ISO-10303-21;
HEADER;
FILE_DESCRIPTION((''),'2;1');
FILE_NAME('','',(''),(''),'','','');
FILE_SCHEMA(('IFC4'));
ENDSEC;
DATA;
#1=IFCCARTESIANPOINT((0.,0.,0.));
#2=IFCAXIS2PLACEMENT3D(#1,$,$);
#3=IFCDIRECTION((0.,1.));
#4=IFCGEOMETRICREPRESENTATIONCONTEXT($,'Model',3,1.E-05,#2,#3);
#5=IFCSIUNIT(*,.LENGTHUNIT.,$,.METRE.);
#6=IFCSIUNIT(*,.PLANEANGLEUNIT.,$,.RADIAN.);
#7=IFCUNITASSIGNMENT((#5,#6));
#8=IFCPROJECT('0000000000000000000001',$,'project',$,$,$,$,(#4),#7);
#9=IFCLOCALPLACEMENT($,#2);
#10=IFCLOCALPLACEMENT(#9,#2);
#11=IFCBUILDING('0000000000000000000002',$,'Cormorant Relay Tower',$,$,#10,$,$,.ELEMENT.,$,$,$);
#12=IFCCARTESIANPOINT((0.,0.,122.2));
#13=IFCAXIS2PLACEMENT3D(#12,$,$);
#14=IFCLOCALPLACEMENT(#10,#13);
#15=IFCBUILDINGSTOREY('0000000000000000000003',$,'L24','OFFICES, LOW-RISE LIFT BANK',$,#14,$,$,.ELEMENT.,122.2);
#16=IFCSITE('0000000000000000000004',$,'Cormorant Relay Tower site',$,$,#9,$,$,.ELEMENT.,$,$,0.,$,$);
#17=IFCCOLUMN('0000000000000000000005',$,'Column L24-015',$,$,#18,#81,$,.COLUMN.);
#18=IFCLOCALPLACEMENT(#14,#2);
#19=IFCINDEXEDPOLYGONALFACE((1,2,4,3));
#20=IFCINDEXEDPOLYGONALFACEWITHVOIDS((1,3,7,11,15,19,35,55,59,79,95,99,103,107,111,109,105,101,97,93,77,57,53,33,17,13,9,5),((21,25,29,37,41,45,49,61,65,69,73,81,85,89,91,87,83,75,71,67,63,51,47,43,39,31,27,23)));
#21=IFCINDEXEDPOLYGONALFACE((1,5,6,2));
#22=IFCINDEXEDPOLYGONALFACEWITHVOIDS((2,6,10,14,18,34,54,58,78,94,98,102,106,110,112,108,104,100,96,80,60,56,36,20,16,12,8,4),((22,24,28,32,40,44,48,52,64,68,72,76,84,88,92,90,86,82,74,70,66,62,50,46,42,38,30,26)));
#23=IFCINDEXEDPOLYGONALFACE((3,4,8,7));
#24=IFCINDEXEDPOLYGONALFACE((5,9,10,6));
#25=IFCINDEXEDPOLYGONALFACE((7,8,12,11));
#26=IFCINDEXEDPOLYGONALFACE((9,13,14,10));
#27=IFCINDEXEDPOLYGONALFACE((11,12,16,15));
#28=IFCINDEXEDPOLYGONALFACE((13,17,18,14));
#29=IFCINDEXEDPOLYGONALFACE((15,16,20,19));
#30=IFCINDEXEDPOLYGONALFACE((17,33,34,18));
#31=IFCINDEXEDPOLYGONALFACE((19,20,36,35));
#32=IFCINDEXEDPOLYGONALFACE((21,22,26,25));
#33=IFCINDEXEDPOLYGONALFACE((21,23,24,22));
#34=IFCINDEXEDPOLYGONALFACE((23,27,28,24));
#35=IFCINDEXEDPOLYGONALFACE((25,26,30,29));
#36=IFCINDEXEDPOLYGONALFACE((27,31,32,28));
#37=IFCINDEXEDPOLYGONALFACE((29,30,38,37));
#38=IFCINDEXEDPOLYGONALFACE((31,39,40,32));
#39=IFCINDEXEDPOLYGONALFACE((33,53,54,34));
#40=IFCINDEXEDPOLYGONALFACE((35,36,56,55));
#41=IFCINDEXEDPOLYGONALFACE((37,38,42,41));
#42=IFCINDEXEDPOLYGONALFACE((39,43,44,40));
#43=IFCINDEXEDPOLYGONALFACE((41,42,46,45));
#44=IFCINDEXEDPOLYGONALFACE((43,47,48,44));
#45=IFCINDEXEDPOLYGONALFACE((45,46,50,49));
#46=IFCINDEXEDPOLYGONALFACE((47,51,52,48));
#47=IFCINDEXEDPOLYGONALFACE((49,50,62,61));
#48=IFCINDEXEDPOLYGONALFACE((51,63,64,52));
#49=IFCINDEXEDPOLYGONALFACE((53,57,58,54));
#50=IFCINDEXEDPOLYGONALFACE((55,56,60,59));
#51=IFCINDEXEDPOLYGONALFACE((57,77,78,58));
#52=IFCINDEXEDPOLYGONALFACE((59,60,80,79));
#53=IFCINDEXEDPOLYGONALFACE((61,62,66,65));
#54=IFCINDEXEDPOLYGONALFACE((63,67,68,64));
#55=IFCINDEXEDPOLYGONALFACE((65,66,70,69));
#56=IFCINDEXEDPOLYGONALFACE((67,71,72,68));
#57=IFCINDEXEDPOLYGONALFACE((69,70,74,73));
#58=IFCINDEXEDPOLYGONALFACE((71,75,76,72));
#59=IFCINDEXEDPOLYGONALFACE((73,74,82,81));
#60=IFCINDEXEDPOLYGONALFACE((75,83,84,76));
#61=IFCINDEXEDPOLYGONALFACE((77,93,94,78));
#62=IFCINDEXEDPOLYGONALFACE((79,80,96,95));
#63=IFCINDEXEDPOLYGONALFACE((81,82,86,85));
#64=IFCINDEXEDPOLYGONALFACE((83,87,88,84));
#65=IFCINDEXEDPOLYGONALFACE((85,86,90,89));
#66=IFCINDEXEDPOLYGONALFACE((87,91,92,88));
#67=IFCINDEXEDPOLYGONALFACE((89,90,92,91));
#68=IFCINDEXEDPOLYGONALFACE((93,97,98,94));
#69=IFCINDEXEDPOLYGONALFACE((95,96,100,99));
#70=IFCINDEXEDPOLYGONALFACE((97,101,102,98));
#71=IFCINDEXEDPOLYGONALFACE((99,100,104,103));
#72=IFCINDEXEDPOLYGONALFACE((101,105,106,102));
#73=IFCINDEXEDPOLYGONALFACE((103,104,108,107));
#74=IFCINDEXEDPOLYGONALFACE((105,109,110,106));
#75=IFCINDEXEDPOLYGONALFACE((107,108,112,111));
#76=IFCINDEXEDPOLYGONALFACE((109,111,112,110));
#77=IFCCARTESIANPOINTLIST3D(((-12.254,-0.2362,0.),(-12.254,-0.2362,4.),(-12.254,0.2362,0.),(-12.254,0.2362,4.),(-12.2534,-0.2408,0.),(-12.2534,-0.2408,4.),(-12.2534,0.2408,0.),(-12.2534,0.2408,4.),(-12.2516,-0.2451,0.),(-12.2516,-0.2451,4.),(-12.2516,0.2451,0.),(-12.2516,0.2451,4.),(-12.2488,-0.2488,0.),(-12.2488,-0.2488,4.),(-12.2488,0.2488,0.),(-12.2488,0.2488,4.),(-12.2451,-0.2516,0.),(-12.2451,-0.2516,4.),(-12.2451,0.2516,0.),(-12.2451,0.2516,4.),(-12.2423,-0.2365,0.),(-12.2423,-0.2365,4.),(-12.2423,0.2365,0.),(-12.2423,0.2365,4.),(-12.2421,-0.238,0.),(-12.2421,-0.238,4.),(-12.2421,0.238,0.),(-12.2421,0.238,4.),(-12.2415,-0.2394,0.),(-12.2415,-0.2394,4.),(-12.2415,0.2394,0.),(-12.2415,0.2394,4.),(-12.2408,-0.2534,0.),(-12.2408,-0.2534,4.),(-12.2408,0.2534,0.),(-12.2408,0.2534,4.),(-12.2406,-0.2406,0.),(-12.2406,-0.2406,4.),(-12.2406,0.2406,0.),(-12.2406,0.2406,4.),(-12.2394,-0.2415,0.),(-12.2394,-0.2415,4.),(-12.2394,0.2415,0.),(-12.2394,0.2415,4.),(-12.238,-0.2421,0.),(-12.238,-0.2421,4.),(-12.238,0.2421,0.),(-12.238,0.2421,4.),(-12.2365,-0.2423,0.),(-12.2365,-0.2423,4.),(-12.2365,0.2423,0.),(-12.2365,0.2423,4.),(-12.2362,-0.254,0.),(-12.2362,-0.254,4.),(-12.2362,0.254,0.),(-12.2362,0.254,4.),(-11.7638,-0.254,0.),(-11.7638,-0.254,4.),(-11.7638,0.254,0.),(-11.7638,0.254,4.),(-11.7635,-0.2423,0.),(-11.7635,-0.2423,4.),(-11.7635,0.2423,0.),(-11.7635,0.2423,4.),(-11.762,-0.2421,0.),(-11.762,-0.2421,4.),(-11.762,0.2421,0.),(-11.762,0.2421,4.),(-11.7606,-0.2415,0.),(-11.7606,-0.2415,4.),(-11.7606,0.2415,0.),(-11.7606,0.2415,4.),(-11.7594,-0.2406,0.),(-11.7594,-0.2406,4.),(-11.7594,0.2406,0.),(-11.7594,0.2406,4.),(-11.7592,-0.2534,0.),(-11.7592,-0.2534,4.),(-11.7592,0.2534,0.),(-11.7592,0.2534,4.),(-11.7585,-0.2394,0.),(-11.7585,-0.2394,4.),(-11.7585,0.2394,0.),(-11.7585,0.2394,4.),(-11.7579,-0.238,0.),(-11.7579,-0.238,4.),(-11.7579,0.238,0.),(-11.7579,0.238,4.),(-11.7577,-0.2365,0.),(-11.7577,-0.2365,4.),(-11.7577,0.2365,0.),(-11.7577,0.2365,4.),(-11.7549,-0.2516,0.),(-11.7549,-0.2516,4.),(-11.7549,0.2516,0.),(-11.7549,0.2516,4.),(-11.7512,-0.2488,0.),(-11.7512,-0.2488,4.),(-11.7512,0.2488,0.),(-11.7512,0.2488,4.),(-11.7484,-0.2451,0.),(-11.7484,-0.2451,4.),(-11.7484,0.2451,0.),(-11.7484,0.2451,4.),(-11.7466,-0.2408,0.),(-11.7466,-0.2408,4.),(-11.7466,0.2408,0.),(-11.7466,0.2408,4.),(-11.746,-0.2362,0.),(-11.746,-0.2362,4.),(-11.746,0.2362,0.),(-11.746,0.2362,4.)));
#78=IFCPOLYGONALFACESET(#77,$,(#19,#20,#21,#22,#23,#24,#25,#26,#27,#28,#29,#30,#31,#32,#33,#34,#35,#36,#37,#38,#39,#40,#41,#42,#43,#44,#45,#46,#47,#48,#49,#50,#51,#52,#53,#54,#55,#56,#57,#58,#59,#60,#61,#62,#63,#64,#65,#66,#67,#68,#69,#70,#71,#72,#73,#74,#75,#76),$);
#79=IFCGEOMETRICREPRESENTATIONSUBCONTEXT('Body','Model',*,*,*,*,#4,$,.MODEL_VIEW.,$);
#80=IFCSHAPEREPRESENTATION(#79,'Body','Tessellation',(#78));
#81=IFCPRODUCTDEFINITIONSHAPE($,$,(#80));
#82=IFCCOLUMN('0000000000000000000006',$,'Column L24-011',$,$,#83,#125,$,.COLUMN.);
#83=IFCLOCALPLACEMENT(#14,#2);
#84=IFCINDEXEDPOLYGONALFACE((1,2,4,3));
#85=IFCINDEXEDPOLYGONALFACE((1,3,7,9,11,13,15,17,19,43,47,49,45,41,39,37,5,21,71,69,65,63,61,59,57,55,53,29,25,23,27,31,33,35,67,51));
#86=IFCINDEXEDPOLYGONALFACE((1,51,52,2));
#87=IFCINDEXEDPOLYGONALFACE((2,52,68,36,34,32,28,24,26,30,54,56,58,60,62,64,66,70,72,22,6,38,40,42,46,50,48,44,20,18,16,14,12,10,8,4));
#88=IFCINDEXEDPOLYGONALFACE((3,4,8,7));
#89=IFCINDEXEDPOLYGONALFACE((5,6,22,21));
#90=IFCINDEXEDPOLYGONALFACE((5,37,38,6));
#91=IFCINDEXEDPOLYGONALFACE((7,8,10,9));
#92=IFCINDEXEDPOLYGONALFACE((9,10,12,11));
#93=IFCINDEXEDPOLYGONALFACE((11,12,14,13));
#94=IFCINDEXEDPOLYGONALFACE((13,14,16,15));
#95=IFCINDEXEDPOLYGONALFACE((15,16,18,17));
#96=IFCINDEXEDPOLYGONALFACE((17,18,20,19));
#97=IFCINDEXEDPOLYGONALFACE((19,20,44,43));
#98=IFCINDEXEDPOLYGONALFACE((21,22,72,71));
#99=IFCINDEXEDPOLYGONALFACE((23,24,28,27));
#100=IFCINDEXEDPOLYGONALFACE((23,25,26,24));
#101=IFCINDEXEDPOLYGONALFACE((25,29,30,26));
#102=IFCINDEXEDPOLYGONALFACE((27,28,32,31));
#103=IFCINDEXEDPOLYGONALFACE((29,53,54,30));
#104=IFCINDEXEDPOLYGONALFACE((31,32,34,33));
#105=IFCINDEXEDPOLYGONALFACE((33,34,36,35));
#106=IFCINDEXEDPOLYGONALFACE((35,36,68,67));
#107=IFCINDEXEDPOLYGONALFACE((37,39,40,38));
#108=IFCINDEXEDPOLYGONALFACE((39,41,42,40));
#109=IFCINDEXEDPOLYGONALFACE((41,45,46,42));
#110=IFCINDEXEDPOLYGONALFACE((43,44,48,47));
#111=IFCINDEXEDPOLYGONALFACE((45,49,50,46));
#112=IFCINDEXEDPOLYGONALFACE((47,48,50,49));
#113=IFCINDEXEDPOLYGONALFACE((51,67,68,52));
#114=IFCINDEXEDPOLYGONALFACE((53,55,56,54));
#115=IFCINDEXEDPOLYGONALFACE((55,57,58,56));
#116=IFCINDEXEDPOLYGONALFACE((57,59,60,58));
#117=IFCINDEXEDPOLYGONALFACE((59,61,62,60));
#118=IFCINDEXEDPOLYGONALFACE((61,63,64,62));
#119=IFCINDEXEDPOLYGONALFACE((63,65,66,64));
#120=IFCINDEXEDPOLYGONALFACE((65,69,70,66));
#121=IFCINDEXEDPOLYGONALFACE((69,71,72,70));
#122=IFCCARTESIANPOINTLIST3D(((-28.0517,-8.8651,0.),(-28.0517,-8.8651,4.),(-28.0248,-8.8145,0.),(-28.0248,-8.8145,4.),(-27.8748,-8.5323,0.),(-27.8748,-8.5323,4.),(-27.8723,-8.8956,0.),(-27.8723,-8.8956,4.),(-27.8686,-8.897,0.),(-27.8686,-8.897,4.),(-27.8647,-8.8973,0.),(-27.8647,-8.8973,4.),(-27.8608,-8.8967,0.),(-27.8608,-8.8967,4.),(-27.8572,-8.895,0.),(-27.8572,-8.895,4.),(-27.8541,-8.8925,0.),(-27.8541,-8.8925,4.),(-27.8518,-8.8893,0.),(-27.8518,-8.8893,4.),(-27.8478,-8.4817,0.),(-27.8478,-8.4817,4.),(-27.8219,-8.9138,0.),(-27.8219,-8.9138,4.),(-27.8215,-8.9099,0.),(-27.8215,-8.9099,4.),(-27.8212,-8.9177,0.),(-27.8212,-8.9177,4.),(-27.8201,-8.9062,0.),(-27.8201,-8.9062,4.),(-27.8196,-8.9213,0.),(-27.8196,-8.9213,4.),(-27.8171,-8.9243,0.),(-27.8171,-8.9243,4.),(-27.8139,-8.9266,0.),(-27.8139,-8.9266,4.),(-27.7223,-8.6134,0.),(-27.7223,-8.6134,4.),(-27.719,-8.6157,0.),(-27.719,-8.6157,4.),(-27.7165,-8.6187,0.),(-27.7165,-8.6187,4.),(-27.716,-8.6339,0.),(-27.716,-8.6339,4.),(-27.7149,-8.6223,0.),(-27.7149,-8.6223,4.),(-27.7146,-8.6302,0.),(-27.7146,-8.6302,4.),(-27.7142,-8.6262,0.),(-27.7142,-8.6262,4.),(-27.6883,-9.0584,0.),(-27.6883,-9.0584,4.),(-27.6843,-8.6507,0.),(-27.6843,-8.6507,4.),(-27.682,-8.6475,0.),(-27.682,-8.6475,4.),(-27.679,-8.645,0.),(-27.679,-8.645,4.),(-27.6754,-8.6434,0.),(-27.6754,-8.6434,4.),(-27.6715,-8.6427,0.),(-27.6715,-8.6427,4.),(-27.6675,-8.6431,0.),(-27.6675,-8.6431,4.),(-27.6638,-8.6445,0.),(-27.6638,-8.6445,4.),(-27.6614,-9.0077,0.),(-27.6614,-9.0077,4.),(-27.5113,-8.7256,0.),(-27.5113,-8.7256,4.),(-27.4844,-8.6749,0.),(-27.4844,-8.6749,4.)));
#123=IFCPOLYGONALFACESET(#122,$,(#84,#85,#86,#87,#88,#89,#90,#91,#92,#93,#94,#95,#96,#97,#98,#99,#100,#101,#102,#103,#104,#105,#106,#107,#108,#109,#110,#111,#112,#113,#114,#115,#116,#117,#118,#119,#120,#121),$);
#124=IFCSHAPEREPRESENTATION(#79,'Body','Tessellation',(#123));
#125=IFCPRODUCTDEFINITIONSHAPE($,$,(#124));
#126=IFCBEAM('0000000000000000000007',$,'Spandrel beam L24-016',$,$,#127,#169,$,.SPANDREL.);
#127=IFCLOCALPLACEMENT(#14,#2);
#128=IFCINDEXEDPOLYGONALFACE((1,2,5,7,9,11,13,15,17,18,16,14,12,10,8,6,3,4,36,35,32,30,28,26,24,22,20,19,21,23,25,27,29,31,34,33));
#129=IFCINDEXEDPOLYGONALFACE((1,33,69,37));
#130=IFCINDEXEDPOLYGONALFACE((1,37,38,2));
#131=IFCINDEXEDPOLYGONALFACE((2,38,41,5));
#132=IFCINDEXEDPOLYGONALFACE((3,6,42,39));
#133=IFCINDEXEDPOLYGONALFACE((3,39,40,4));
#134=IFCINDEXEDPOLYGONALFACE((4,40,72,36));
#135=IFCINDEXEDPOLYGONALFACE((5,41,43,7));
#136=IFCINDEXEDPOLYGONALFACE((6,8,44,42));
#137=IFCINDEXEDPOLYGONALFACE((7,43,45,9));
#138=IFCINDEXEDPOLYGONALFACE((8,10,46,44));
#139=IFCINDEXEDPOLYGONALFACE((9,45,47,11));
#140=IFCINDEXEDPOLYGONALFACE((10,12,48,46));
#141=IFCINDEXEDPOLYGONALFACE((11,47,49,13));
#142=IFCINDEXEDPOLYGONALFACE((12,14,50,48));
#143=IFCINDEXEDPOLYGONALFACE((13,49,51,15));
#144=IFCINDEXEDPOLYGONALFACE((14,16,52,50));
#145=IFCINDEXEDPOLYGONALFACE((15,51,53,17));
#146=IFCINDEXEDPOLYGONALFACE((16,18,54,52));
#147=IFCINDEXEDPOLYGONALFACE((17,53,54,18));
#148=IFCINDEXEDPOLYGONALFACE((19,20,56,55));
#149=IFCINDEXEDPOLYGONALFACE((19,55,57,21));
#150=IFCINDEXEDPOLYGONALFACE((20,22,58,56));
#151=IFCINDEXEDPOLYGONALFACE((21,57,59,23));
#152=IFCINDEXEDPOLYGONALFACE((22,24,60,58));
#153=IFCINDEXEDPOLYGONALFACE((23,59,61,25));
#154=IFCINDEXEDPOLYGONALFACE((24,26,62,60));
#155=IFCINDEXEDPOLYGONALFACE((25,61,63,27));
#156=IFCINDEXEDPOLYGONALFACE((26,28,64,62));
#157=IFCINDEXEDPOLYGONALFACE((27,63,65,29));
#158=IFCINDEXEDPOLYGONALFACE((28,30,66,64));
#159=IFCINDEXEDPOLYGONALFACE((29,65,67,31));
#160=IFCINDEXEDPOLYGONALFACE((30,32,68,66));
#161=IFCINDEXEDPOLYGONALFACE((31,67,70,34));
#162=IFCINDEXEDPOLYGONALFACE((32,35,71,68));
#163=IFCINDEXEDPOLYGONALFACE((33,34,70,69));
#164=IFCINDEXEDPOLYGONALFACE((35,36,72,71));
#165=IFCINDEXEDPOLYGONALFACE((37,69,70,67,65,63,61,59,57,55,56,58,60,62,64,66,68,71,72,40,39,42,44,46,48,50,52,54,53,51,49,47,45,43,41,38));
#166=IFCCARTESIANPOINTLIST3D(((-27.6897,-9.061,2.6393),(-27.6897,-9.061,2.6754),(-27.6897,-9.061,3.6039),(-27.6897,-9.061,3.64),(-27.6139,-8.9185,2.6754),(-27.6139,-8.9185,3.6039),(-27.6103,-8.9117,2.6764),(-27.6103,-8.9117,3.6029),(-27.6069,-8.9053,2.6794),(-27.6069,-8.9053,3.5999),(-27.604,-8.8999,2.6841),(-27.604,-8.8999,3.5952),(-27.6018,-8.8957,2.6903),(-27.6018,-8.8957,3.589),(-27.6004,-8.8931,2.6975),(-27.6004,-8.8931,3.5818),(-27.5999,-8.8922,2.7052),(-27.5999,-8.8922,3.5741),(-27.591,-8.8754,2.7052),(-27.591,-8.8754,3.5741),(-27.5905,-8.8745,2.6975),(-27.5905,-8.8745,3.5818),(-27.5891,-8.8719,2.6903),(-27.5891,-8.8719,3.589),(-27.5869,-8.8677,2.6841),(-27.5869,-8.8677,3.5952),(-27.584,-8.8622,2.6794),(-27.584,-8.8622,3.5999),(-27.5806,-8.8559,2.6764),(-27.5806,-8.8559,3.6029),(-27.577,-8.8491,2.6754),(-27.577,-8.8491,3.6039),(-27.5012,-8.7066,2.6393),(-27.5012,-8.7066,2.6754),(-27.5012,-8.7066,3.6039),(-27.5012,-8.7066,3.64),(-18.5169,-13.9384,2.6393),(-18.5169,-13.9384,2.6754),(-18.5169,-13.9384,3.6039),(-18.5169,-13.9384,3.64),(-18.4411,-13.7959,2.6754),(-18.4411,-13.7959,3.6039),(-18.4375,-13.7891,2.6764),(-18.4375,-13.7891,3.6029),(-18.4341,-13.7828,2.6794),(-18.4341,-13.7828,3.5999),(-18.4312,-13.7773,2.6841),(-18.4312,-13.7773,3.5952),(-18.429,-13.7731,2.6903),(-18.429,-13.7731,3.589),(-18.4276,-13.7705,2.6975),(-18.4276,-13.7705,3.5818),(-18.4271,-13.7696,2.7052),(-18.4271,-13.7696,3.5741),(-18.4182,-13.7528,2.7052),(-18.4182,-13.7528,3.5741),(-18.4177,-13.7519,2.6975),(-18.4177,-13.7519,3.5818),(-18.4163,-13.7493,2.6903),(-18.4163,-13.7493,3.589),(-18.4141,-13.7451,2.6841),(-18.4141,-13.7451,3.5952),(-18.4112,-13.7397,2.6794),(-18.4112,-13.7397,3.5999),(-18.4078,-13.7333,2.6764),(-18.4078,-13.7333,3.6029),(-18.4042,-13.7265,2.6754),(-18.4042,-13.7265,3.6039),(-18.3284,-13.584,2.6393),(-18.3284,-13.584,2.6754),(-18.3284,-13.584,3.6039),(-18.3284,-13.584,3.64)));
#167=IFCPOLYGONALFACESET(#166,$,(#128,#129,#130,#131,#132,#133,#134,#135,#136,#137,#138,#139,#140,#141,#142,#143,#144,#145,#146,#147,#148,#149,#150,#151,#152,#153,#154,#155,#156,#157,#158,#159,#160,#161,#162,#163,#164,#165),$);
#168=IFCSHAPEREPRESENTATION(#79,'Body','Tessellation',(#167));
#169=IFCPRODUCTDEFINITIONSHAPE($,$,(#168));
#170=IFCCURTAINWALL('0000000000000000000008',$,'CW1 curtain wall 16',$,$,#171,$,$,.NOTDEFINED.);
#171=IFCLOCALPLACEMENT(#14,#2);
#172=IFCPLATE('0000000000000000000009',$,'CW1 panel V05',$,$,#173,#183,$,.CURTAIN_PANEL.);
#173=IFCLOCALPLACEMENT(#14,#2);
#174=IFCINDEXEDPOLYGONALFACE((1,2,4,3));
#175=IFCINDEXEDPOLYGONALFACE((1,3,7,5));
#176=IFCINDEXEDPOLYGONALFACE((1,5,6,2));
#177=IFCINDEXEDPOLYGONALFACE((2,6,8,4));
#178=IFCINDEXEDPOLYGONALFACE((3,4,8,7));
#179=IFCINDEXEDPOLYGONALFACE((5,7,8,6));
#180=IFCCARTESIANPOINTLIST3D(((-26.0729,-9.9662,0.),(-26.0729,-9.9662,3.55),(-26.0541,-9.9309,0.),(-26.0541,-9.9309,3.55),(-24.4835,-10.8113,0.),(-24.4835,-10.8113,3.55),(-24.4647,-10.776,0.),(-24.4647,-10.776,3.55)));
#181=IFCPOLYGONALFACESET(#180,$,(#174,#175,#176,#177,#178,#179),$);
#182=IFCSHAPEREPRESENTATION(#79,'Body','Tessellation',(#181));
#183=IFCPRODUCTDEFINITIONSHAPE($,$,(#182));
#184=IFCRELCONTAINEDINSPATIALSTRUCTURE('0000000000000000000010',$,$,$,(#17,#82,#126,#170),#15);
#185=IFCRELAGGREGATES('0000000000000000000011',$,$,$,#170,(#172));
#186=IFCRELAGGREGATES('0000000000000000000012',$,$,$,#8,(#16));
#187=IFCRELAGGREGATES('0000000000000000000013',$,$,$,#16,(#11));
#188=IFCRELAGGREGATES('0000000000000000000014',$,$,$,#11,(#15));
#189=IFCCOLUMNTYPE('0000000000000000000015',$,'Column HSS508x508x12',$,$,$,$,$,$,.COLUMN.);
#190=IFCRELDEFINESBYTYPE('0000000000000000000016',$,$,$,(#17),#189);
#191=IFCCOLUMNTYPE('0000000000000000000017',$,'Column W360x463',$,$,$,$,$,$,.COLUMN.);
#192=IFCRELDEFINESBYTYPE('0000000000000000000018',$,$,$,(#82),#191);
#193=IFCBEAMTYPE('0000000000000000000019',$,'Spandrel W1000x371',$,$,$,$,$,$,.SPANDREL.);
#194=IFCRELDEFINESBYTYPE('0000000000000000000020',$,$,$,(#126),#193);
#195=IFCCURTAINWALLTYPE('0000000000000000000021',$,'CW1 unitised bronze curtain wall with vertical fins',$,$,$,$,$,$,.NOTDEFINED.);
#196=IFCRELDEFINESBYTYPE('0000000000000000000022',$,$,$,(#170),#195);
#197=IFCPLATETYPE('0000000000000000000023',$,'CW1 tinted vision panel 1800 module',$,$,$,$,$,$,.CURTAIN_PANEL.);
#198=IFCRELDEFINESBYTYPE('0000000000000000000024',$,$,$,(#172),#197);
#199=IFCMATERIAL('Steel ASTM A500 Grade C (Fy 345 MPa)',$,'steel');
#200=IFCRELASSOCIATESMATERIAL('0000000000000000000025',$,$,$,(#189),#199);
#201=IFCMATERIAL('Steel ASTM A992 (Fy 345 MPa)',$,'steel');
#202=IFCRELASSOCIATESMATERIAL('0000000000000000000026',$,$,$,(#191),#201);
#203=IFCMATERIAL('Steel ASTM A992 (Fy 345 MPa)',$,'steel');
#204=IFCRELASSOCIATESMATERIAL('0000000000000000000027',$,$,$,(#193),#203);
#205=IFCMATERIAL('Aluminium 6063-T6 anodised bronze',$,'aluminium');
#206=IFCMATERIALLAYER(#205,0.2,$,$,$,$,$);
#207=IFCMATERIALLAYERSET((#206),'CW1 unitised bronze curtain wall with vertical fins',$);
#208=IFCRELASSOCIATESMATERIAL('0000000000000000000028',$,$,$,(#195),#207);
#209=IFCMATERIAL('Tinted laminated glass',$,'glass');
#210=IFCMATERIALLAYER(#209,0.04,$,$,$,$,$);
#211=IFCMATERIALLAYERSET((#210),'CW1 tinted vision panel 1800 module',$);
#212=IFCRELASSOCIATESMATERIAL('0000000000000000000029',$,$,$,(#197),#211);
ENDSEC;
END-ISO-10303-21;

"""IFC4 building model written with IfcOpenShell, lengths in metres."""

from ifc_helpers import new_model, si_unit, direction, frame, origin, origin_2d, place, context, subcontext, project, spatial, rectangle, hollow_rectangle, i_section, extrude, material, layer, layer_set, material_profile, profile_set, type_object, element, aggregate, save


model = new_model("IFC4")

# Units and contexts
model_context = context("Model", 3, precision=1e-05, world=origin(), true_north=direction((0.0, 1.0)))
body_context = subcontext(model_context, "Body", "Model", "MODEL_VIEW")
ifc_project = project(units=[si_unit("LENGTHUNIT", "METRE"), si_unit("PLANEANGLEUNIT", "RADIAN")], contexts=[model_context])

# Site, building, storey
site_placement = place(None, origin())
site = spatial("IfcSite", under=ifc_project, at=site_placement, Name="Cormorant Relay Tower site", CompositionType="ELEMENT", RefElevation=0.0)
building_placement = place(site_placement, origin())
building = spatial("IfcBuilding", under=site, at=building_placement, Name="Cormorant Relay Tower", CompositionType="ELEMENT")
storey_placement = place(building_placement, frame((0.0, 0.0, 122.2)))
storey = spatial("IfcBuildingStorey", under=building, at=storey_placement, Name="L24", Description="OFFICES, LOW-RISE LIFT BANK", CompositionType="ELEMENT", Elevation=122.2)

# Columns
ifc_material_1 = material(Name="Steel ASTM A500 Grade C (Fy 345 MPa)", Category="steel")
ifc_material_profile_1 = material_profile(ifc_material_1, hollow_rectangle(XDim=0.5081, YDim=0.5081, WallThickness=0.0117, InnerFilletRadius=0.0059, OuterFilletRadius=0.0178, at=origin_2d()), Name="HSS508x508x12")
ifc_profile_set_1 = profile_set([ifc_material_profile_1], Name="Steel ASTM A500 Grade C (Fy 345 MPa)")
column_type_1 = type_object("IfcColumnType", Name="Column HSS508x508x12", PredefinedType="COLUMN", material=ifc_profile_set_1)
column_1_placement = place(storey_placement, frame((-12.0, 0.0, 0.0), z_axis=(0.0, 0.0, 1.0), x_axis=(1.0, 0.0, 0.0)))
element("IfcColumn", 1, at=column_1_placement, inside=storey, type_object=column_type_1, Name="Column L24-015", PredefinedType="COLUMN", context=body_context, shape_type="SweptSolid", body=[
    extrude(hollow_rectangle(XDim=0.5081, YDim=0.5081, WallThickness=0.0117, InnerFilletRadius=0.0059, OuterFilletRadius=0.0178, at=origin_2d()), origin(), (0.0, 0.0, 1.0), 4.0),
])
ifc_material_2 = material(Name="Steel ASTM A992 (Fy 345 MPa)", Category="steel")
ifc_material_profile_2 = material_profile(ifc_material_2, i_section(OverallWidth=0.4116, OverallDepth=0.4343, WebThickness=0.0359, FlangeThickness=0.0574, FilletRadius=0.0151, at=origin_2d()), Name="W360x463")
ifc_profile_set_2 = profile_set([ifc_material_profile_2], Name="Steel ASTM A992 (Fy 345 MPa)")
column_type_2 = type_object("IfcColumnType", Name="Column W360x463", PredefinedType="COLUMN", material=ifc_profile_set_2)
column_2_placement = place(storey_placement, frame((-27.7681, -8.77, 0.0), z_axis=(0.0, 0.0, 1.0), x_axis=(0.882948, -0.469472, 0.0)))
element("IfcColumn", 2, at=column_2_placement, inside=storey, type_object=column_type_2, Name="Column L24-011", PredefinedType="COLUMN", context=body_context, shape_type="SweptSolid", body=[
    extrude(i_section(OverallWidth=0.4116, OverallDepth=0.4343, WebThickness=0.0359, FlangeThickness=0.0574, FilletRadius=0.0151, at=origin_2d()), origin(), (0.0, 0.0, 1.0), 4.0),
])

# Beam
ifc_material_3 = material(Name="Steel ASTM A992 (Fy 345 MPa)", Category="steel")
ifc_material_profile_3 = material_profile(ifc_material_3, i_section(OverallWidth=0.4014, OverallDepth=1.0007, WebThickness=0.019, FlangeThickness=0.0361, FilletRadius=0.0298, at=origin_2d()), Name="W1000x371")
ifc_profile_set_3 = profile_set([ifc_material_profile_3], Name="Steel ASTM A992 (Fy 345 MPa)")
beam_type = type_object("IfcBeamType", Name="Spandrel W1000x371", PredefinedType="SPANDREL", material=ifc_profile_set_3)
beam_placement = place(storey_placement, frame((-27.5955, -8.8838, 3.1396), z_axis=(0.882942, -0.469483, 0.0), x_axis=(0.469483, 0.882942, 0.0)))
element("IfcBeam", 3, at=beam_placement, inside=storey, type_object=beam_type, Name="Spandrel beam L24-016", PredefinedType="SPANDREL", context=body_context, shape_type="SweptSolid", body=[
    extrude(i_section(OverallWidth=0.4014, OverallDepth=1.0007, WebThickness=0.019, FlangeThickness=0.0361, FilletRadius=0.0298, at=origin_2d()), origin(), (0.0, 0.0, 1.0), 10.3889),
])

# Curtain wall, plate
ifc_material_4 = material(Name="Aluminium 6063-T6 anodised bronze", Category="aluminium")
ifc_layer_1 = layer(ifc_material_4, 0.2)
ifc_layer_set_1 = layer_set([ifc_layer_1], Name="CW1 unitised bronze curtain wall with vertical fins")
curtain_wall_type = type_object("IfcCurtainWallType", Name="CW1 unitised bronze curtain wall with vertical fins", PredefinedType="NOTDEFINED", material=ifc_layer_set_1)
curtain_wall_placement = place(storey_placement, origin())
curtain_wall = element("IfcCurtainWall", 4, at=curtain_wall_placement, inside=storey, type_object=curtain_wall_type, Name="CW1 curtain wall 16", PredefinedType="NOTDEFINED")
ifc_material_5 = material(Name="Tinted laminated glass", Category="glass")
ifc_layer_2 = layer(ifc_material_5, 0.04)
ifc_layer_set_2 = layer_set([ifc_layer_2], Name="CW1 tinted vision panel 1800 module")
plate_type = type_object("IfcPlateType", Name="CW1 tinted vision panel 1800 module", PredefinedType="CURTAIN_PANEL", material=ifc_layer_set_2)
plate_placement = place(storey_placement, frame((-25.2688, -10.3711, 0.0), z_axis=(0.0, 0.0, 1.0), x_axis=(0.882948, -0.469472, 0.0)))
plate = element("IfcPlate", 5, at=plate_placement, type_object=plate_type, Name="CW1 panel V05", PredefinedType="CURTAIN_PANEL", context=body_context, shape_type="SweptSolid", body=[
    extrude(rectangle(XDim=1.8, YDim=0.04, at=origin_2d()), origin(), (0.0, 0.0, 1.0), 3.55),
])

aggregate(curtain_wall, [plate])

save(model, "model.ifc")
